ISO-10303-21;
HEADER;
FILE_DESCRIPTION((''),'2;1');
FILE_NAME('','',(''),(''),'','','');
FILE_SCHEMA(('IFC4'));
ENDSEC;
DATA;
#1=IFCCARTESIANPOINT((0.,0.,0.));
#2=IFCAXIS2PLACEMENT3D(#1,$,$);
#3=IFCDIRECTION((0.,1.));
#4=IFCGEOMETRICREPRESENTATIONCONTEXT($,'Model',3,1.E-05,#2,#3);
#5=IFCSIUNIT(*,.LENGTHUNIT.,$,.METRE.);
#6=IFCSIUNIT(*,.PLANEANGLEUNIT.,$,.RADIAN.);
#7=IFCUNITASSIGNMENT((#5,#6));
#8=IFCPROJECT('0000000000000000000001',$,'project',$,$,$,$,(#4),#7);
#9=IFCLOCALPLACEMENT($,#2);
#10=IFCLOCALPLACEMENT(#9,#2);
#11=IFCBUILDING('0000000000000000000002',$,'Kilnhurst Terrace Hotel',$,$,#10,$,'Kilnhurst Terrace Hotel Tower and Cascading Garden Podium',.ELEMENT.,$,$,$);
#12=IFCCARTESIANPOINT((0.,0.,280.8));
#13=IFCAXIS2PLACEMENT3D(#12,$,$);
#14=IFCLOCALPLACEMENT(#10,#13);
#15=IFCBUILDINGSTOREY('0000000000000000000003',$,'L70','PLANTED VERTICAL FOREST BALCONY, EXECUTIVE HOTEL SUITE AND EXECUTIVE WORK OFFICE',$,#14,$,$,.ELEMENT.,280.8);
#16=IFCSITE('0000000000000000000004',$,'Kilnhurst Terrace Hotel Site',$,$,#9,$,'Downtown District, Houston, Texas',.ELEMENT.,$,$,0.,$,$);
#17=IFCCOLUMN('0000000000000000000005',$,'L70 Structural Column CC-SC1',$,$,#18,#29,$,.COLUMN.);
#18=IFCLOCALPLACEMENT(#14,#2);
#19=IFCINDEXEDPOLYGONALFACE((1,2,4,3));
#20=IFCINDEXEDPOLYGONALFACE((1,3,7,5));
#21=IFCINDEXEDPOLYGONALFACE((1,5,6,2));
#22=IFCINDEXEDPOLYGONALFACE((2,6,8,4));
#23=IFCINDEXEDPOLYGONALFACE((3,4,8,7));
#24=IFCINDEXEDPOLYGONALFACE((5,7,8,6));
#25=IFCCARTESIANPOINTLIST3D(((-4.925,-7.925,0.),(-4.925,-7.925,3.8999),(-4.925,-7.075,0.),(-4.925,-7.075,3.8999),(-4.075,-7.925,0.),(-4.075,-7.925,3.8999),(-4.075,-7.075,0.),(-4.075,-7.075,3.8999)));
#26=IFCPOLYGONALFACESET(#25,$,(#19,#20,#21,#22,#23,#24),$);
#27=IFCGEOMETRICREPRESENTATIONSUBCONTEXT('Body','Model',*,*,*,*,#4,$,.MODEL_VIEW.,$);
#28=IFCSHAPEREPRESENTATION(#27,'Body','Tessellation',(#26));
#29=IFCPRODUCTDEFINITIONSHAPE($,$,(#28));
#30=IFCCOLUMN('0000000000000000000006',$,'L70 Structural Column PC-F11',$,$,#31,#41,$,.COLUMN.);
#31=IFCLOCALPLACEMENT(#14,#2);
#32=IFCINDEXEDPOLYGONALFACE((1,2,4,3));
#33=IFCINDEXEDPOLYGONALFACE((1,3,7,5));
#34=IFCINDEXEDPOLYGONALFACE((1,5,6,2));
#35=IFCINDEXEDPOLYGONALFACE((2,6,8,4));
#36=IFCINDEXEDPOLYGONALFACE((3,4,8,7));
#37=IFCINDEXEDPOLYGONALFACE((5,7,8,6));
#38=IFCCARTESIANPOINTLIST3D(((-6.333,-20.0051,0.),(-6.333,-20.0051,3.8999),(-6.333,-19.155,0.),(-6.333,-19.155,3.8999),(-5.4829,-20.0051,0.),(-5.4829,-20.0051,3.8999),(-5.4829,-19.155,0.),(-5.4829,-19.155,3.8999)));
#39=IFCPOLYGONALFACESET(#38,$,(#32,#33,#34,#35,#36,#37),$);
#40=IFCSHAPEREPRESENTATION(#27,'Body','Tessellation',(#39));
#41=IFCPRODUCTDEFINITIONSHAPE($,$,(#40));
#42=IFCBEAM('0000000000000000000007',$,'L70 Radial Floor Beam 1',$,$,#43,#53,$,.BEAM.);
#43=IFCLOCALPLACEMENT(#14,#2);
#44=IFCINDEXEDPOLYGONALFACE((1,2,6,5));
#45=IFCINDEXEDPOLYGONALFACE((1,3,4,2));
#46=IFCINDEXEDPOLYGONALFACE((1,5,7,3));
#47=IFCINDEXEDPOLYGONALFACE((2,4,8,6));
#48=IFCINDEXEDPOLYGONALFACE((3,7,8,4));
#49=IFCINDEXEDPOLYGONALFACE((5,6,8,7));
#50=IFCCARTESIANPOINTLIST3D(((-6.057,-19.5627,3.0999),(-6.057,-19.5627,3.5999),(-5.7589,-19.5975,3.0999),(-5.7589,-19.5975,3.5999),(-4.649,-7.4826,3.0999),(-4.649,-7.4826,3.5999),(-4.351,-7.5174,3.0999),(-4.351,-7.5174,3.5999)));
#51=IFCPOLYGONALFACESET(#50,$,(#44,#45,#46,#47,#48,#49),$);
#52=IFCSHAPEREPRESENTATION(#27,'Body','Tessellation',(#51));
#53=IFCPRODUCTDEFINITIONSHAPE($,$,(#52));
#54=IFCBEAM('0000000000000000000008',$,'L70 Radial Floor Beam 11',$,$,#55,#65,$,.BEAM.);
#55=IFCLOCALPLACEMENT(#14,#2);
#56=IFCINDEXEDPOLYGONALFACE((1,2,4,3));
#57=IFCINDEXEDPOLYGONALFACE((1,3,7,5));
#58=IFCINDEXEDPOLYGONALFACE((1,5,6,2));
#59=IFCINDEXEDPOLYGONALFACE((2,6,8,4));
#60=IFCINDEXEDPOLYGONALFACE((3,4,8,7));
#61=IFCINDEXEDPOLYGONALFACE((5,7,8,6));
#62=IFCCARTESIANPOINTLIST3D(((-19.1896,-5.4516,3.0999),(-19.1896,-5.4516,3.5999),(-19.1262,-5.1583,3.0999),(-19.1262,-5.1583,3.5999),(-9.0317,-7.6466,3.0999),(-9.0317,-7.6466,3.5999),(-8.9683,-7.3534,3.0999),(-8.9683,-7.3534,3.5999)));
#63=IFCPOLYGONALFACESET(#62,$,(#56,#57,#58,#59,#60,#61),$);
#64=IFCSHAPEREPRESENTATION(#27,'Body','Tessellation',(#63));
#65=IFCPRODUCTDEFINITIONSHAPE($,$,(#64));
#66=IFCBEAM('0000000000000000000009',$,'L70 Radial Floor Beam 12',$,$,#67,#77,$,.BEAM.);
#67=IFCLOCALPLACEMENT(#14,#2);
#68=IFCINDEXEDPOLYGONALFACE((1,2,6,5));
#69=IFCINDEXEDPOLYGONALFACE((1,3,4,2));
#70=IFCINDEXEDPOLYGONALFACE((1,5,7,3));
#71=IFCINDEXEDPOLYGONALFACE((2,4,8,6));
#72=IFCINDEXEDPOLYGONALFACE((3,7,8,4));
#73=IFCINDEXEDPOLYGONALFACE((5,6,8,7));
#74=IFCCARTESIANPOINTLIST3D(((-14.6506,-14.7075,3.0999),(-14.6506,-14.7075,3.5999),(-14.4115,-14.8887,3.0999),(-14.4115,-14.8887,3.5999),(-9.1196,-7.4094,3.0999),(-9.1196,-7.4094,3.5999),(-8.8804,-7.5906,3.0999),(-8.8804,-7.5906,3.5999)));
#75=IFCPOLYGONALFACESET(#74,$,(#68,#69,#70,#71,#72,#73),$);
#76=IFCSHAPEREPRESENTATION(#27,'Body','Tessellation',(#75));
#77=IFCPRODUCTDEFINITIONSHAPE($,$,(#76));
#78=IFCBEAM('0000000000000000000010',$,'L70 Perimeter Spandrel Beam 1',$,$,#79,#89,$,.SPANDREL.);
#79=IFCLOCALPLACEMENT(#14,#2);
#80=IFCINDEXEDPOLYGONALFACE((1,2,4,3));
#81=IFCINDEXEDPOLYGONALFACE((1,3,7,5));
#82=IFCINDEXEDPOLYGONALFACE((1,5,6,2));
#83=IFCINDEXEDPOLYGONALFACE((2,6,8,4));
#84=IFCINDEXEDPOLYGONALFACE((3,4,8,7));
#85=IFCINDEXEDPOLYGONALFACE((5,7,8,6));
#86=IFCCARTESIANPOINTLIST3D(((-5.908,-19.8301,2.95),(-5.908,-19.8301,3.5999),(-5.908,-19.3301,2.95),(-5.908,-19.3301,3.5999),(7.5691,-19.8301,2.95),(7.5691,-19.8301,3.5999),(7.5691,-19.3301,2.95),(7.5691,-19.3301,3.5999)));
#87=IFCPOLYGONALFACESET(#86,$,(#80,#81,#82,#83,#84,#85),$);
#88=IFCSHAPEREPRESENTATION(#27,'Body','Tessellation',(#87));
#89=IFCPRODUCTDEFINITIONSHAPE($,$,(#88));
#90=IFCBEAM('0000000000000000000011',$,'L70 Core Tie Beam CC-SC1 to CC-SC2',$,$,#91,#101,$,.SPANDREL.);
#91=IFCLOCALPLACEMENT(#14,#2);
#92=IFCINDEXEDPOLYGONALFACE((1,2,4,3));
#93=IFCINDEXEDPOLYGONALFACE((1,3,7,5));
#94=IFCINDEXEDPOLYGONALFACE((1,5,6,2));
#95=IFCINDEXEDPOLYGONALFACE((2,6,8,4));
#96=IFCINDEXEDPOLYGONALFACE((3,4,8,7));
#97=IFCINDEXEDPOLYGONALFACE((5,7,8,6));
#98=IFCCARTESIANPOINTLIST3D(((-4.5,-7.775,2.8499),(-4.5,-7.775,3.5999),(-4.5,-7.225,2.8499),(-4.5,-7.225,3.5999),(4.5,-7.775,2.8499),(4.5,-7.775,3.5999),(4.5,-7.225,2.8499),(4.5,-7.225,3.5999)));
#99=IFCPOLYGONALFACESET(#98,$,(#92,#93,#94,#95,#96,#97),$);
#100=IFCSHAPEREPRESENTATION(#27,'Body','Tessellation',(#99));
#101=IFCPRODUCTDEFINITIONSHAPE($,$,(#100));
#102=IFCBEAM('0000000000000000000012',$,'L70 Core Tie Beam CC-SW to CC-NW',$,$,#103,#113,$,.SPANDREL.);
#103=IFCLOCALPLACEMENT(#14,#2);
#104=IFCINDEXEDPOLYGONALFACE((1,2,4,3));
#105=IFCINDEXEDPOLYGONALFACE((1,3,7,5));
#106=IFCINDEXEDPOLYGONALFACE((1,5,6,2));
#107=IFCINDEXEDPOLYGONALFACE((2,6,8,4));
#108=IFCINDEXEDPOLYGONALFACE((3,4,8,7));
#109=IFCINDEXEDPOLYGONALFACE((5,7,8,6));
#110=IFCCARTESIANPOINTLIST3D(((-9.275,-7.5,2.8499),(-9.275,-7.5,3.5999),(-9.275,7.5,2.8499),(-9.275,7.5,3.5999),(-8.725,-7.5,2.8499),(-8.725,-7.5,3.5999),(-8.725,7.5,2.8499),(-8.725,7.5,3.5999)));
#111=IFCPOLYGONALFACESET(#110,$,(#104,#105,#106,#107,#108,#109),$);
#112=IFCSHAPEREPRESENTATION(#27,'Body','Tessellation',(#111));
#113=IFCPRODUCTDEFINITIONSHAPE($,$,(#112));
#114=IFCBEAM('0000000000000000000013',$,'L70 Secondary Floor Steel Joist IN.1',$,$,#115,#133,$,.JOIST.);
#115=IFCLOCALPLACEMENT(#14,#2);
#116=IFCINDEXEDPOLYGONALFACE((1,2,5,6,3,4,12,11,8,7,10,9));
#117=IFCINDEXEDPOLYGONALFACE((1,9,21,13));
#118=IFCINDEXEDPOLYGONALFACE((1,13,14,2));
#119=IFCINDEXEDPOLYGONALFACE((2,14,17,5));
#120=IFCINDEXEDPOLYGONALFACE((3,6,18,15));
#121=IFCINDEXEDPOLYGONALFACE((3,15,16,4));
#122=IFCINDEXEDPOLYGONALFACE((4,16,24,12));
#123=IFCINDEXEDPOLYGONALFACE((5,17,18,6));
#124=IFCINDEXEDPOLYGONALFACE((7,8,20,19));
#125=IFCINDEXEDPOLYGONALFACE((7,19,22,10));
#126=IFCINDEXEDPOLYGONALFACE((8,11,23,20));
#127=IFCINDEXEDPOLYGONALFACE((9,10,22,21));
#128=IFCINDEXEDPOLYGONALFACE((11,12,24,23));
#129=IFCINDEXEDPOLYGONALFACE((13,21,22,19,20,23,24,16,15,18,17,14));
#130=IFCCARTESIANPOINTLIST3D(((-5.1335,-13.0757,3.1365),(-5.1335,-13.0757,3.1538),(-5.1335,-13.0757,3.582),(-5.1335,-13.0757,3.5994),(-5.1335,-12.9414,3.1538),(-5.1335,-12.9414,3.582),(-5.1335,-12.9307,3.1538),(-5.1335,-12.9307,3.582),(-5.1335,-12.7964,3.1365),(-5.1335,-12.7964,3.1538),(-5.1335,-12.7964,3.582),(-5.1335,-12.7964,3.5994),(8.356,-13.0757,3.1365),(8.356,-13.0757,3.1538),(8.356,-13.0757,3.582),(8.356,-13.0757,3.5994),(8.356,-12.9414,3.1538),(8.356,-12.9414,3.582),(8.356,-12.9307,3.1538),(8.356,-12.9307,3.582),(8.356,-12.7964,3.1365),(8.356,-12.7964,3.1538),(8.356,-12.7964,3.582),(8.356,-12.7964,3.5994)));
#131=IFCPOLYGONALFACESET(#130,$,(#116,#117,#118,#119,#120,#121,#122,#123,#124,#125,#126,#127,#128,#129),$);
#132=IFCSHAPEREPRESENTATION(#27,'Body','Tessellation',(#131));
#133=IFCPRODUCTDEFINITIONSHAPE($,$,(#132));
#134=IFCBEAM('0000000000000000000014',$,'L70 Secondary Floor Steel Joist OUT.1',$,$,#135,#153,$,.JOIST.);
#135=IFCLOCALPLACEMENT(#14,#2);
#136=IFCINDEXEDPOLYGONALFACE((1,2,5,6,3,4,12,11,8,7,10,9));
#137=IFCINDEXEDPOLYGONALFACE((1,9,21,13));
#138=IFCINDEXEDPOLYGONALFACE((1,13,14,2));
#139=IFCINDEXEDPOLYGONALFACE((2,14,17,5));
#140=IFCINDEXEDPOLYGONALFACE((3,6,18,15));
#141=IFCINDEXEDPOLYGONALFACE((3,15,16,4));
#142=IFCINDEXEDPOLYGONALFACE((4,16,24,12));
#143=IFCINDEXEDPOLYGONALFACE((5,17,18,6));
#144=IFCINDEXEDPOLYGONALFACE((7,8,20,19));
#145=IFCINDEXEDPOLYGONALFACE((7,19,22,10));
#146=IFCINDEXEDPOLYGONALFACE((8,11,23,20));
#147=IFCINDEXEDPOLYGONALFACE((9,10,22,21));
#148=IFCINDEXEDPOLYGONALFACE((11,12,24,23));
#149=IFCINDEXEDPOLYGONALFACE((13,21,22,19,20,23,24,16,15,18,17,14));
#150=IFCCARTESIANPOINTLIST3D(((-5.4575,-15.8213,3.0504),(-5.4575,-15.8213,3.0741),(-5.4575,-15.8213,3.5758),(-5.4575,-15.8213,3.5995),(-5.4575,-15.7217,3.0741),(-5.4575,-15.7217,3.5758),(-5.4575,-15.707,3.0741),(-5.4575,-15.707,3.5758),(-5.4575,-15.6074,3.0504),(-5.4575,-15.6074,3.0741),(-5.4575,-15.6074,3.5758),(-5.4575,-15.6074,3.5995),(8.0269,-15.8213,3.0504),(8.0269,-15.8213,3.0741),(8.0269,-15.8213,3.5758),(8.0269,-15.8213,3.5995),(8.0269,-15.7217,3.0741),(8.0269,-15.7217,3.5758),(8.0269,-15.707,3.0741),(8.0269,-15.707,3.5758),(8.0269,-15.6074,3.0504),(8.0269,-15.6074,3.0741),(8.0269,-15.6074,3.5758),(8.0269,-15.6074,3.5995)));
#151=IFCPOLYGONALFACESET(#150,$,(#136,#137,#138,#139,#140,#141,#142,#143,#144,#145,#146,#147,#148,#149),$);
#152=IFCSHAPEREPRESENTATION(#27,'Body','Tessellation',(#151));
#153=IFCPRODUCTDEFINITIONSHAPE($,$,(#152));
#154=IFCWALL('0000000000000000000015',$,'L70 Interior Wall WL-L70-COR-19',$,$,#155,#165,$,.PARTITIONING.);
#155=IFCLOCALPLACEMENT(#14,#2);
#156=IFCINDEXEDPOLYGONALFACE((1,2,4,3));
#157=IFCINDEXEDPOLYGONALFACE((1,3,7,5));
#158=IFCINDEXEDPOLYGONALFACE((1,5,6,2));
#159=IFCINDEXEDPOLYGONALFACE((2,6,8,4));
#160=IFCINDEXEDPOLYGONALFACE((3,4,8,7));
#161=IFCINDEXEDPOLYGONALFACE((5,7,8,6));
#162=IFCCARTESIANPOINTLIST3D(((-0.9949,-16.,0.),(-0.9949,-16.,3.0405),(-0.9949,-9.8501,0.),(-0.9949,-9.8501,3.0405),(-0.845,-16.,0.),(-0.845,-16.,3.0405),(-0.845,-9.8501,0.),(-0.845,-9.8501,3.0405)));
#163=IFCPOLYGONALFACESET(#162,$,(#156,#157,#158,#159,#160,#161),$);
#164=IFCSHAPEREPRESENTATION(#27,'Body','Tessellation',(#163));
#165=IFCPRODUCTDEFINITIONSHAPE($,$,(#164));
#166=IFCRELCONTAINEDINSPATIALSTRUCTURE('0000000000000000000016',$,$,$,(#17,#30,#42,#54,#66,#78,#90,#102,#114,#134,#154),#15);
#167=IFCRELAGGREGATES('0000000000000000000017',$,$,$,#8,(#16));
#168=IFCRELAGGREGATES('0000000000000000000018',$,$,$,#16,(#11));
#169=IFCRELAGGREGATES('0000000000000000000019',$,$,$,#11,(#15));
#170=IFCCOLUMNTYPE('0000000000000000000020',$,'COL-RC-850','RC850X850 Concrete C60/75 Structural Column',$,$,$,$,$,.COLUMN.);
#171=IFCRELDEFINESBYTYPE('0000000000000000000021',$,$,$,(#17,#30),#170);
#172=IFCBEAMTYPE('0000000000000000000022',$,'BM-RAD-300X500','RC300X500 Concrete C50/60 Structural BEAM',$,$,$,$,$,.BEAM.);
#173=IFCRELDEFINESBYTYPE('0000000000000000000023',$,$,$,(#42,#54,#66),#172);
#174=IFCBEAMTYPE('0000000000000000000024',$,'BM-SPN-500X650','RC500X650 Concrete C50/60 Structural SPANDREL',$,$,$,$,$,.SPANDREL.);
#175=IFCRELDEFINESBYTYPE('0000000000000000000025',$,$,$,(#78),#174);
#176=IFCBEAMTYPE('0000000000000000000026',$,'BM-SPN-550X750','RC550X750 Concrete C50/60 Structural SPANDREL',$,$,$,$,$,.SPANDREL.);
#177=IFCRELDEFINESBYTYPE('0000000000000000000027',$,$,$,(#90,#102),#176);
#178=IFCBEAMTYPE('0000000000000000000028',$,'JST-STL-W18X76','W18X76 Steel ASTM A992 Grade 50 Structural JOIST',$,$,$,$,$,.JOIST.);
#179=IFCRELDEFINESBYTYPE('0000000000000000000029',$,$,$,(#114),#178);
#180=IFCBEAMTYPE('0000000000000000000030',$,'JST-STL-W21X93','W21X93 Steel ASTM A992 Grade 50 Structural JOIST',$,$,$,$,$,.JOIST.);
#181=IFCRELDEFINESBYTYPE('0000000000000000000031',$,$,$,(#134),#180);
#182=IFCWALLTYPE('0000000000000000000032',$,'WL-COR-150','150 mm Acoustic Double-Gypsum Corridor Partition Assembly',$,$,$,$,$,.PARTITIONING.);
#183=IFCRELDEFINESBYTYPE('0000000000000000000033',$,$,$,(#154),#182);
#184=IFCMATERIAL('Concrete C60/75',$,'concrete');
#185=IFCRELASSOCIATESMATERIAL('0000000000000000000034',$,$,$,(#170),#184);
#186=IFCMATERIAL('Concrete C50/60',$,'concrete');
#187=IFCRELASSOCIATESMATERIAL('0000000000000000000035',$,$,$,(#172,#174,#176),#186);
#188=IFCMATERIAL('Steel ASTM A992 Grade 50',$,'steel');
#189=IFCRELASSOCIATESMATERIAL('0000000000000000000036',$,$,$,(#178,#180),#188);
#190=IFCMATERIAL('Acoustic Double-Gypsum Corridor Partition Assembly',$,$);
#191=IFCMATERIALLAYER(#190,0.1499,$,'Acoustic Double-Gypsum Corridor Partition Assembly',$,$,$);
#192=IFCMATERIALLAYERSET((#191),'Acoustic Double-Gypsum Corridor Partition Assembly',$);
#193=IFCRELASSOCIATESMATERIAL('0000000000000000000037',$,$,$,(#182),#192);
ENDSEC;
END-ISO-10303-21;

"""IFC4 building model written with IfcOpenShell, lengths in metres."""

from ifc_helpers import new_model, si_unit, direction, frame, frame_2d, origin, origin_2d, place, context, subcontext, project, spatial, rectangle, i_section, extrude, material, layer, layer_set, material_profile, profile_set, type_object, element, save


model = new_model("IFC4")

# Units and contexts
model_context = context("Model", 3, precision=1e-05, world=origin(), true_north=direction((0.0, 1.0)))
body_context = subcontext(model_context, "Body", "Model", "MODEL_VIEW")
ifc_project = project(units=[si_unit("LENGTHUNIT", "METRE"), si_unit("PLANEANGLEUNIT", "RADIAN")], contexts=[model_context])

# Site, building, storey
site_placement = place(None, origin())
site = spatial("IfcSite", under=ifc_project, at=site_placement, Name="Kilnhurst Terrace Hotel Site", LongName="Downtown District, Houston, Texas", CompositionType="ELEMENT", RefElevation=0.0)
building_placement = place(site_placement, origin())
building = spatial("IfcBuilding", under=site, at=building_placement, Name="Kilnhurst Terrace Hotel", LongName="Kilnhurst Terrace Hotel Tower and Cascading Garden Podium", CompositionType="ELEMENT")
storey_placement = place(building_placement, frame((0.0, 0.0, 280.8)))
storey = spatial("IfcBuildingStorey", under=building, at=storey_placement, Name="L70", Description="PLANTED VERTICAL FOREST BALCONY, EXECUTIVE HOTEL SUITE AND EXECUTIVE WORK OFFICE", CompositionType="ELEMENT", Elevation=280.8)

# Columns
ifc_material_1 = material(Name="Concrete C60/75", Category="concrete")
ifc_material_profile_1 = material_profile(ifc_material_1, rectangle(XDim=0.8501, YDim=0.8501, at=origin_2d()), Name="RC850X850")
ifc_profile_set_1 = profile_set([ifc_material_profile_1], Name="Concrete C60/75")
column_type = type_object("IfcColumnType", Name="COL-RC-850", Description="RC850X850 Concrete C60/75 Structural Column", PredefinedType="COLUMN", material=ifc_profile_set_1)
for number, where, z_axis, x_axis, name in (
    (1, (-4.5, -7.5, 0.0), (0.0, 0.0, 1.0), (1.0, 0.0, 0.0), "L70 Structural Column CC-SC1"),
    (2, (-5.908, -19.5801, 0.0), (0.0, 0.0, 1.0), (1.0, 0.0, 0.0), "L70 Structural Column PC-F11"),
):
    element("IfcColumn", number, at=place(storey_placement, frame(where, z_axis=z_axis, x_axis=x_axis)), inside=storey, type_object=column_type, Name=name, PredefinedType="COLUMN", context=body_context, shape_type="SweptSolid", body=[
        extrude(rectangle(XDim=0.8501, YDim=0.8501, at=origin_2d()), origin(), (0.0, 0.0, 1.0), 3.8999),
    ])

# Beams
ifc_material_2 = material(Name="Concrete C50/60", Category="concrete")
ifc_material_profile_2 = material_profile(ifc_material_2, rectangle(XDim=0.3, YDim=0.5, at=origin_2d()), Name="RC300X500")
ifc_profile_set_2 = profile_set([ifc_material_profile_2], Name="Concrete C50/60")
beam_type_1 = type_object("IfcBeamType", Name="BM-RAD-300X500", Description="RC300X500 Concrete C50/60 Structural BEAM", PredefinedType="BEAM", material=ifc_profile_set_2)
beam_1_placement = place(storey_placement, frame((-4.5, -7.5, 3.3499), z_axis=(-0.115768, -0.993276, 0.0), x_axis=(0.993276, -0.115768, 0.0)))
element("IfcBeam", 3, at=beam_1_placement, inside=storey, type_object=beam_type_1, Name="L70 Radial Floor Beam 1", PredefinedType="BEAM", context=body_context, shape_type="SweptSolid", body=[
    extrude(rectangle(XDim=0.3, YDim=0.5, at=origin_2d()), origin(), (0.0, 0.0, 1.0), 12.1619),
])
beam_2_placement = place(storey_placement, frame((-9.0, -7.5, 3.3499), z_axis=(-0.977439, 0.211218, 0.0), x_axis=(-0.211218, -0.977439, 0.0)))
element("IfcBeam", 4, at=beam_2_placement, inside=storey, type_object=beam_type_1, Name="L70 Radial Floor Beam 11", PredefinedType="BEAM", context=body_context, shape_type="SweptSolid", body=[
    extrude(rectangle(XDim=0.3, YDim=0.5, at=origin_2d()), origin(), (0.0, 0.0, 1.0), 10.3923),
])
beam_3_placement = place(storey_placement, frame((-9.0, -7.5, 3.3499), z_axis=(-0.604007, -0.796979, 0.0), x_axis=(0.796979, -0.604007, 0.0)))
element("IfcBeam", 5, at=beam_3_placement, inside=storey, type_object=beam_type_1, Name="L70 Radial Floor Beam 12", PredefinedType="BEAM", context=body_context, shape_type="SweptSolid", body=[
    extrude(rectangle(XDim=0.3, YDim=0.5, at=origin_2d()), origin(), (0.0, 0.0, 1.0), 9.1572),
])
ifc_material_profile_3 = material_profile(ifc_material_2, rectangle(XDim=0.5, YDim=0.6499, at=origin_2d()), Name="RC500X650")
ifc_profile_set_3 = profile_set([ifc_material_profile_3], Name="Concrete C50/60")
beam_type_2 = type_object("IfcBeamType", Name="BM-SPN-500X650", Description="RC500X650 Concrete C50/60 Structural SPANDREL", PredefinedType="SPANDREL", material=ifc_profile_set_3)
beam_4_placement = place(storey_placement, frame((-5.908, -19.5801, 3.2749), z_axis=(1.0, 0.0, 0.0), x_axis=(0.0, 1.0, 0.0)))
element("IfcBeam", 6, at=beam_4_placement, inside=storey, type_object=beam_type_2, Name="L70 Perimeter Spandrel Beam 1", PredefinedType="SPANDREL", context=body_context, shape_type="SweptSolid", body=[
    extrude(rectangle(XDim=0.5, YDim=0.6499, at=origin_2d()), origin(), (0.0, 0.0, 1.0), 13.4771),
])
ifc_material_profile_4 = material_profile(ifc_material_2, rectangle(XDim=0.55, YDim=0.75, at=origin_2d()), Name="RC550X750")
ifc_profile_set_4 = profile_set([ifc_material_profile_4], Name="Concrete C50/60")
beam_type_3 = type_object("IfcBeamType", Name="BM-SPN-550X750", Description="RC550X750 Concrete C50/60 Structural SPANDREL", PredefinedType="SPANDREL", material=ifc_profile_set_4)
beam_5_placement = place(storey_placement, frame((-4.5, -7.5, 3.2249), z_axis=(1.0, 0.0, 0.0), x_axis=(0.0, 1.0, 0.0)))
element("IfcBeam", 7, at=beam_5_placement, inside=storey, type_object=beam_type_3, Name="L70 Core Tie Beam CC-SC1 to CC-SC2", PredefinedType="SPANDREL", context=body_context, shape_type="SweptSolid", body=[
    extrude(rectangle(XDim=0.55, YDim=0.75, at=origin_2d()), origin(), (0.0, 0.0, 1.0), 9.0),
])
beam_6_placement = place(storey_placement, frame((-9.0, -7.5, 3.2249), z_axis=(0.0, 1.0, 0.0), x_axis=(-1.0, 0.0, 0.0)))
element("IfcBeam", 8, at=beam_6_placement, inside=storey, type_object=beam_type_3, Name="L70 Core Tie Beam CC-SW to CC-NW", PredefinedType="SPANDREL", context=body_context, shape_type="SweptSolid", body=[
    extrude(rectangle(XDim=0.55, YDim=0.75, at=origin_2d()), origin(), (0.0, 0.0, 1.0), 15.0),
])
ifc_material_3 = material(Name="Steel ASTM A992 Grade 50", Category="steel")
ifc_material_profile_5 = material_profile(ifc_material_3, i_section(OverallWidth=0.2793, OverallDepth=0.4629, WebThickness=0.0107, FlangeThickness=0.0173, at=origin_2d()), Name="W18X76")
ifc_profile_set_5 = profile_set([ifc_material_profile_5], Name="Steel ASTM A992 Grade 50")
beam_type_4 = type_object("IfcBeamType", Name="JST-STL-W18X76", Description="W18X76 Steel ASTM A992 Grade 50 Structural JOIST", PredefinedType="JOIST", material=ifc_profile_set_5)
beam_7_placement = place(storey_placement, frame((-5.1335, -12.936, 3.3679), z_axis=(1.0, 0.0, 0.0), x_axis=(0.0, 1.0, 0.0)))
element("IfcBeam", 9, at=beam_7_placement, inside=storey, type_object=beam_type_4, Name="L70 Secondary Floor Steel Joist IN.1", PredefinedType="JOIST", context=body_context, shape_type="SweptSolid", body=[
    extrude(i_section(OverallWidth=0.2793, OverallDepth=0.4629, WebThickness=0.0107, FlangeThickness=0.0173, at=origin_2d()), origin(), (0.0, 0.0, 1.0), 13.4895),
])
ifc_material_profile_6 = material_profile(ifc_material_3, i_section(OverallWidth=0.2139, OverallDepth=0.5491, WebThickness=0.0146, FlangeThickness=0.0237, at=origin_2d()), Name="W21X93")
ifc_profile_set_6 = profile_set([ifc_material_profile_6], Name="Steel ASTM A992 Grade 50")
beam_type_5 = type_object("IfcBeamType", Name="JST-STL-W21X93", Description="W21X93 Steel ASTM A992 Grade 50 Structural JOIST", PredefinedType="JOIST", material=ifc_profile_set_6)
beam_8_placement = place(storey_placement, frame((-5.4575, -15.7144, 3.325), z_axis=(1.0, 0.0, 0.0), x_axis=(0.0, 1.0, 0.0)))
element("IfcBeam", 10, at=beam_8_placement, inside=storey, type_object=beam_type_5, Name="L70 Secondary Floor Steel Joist OUT.1", PredefinedType="JOIST", context=body_context, shape_type="SweptSolid", body=[
    extrude(i_section(OverallWidth=0.2139, OverallDepth=0.5491, WebThickness=0.0146, FlangeThickness=0.0237, at=origin_2d()), origin(), (0.0, 0.0, 1.0), 13.4844),
])

# Wall
ifc_material_4 = material(Name="Acoustic Double-Gypsum Corridor Partition Assembly")
ifc_layer_1 = layer(ifc_material_4, 0.1499, Name="Acoustic Double-Gypsum Corridor Partition Assembly")
ifc_layer_set_1 = layer_set([ifc_layer_1], Name="Acoustic Double-Gypsum Corridor Partition Assembly")
wall_type_1 = type_object("IfcWallType", Name="WL-COR-150", Description="150 mm Acoustic Double-Gypsum Corridor Partition Assembly", PredefinedType="PARTITIONING", material=ifc_layer_set_1)
wall_1_placement = place(storey_placement, frame((-0.9199, -16.0, 0.0), z_axis=(0.0, 0.0, 1.0), x_axis=(0.0, 1.0, 0.0)))
element("IfcWall", 11, at=wall_1_placement, inside=storey, type_object=wall_type_1, Name="L70 Interior Wall WL-L70-COR-19", PredefinedType="PARTITIONING", context=body_context, shape_type="SweptSolid", body=[
    extrude(rectangle(XDim=6.1499, YDim=0.1499, at=frame_2d((3.075, 0.0))), origin(), (0.0, 0.0, 1.0), 3.0405),
])

save(model, "model.ifc")
